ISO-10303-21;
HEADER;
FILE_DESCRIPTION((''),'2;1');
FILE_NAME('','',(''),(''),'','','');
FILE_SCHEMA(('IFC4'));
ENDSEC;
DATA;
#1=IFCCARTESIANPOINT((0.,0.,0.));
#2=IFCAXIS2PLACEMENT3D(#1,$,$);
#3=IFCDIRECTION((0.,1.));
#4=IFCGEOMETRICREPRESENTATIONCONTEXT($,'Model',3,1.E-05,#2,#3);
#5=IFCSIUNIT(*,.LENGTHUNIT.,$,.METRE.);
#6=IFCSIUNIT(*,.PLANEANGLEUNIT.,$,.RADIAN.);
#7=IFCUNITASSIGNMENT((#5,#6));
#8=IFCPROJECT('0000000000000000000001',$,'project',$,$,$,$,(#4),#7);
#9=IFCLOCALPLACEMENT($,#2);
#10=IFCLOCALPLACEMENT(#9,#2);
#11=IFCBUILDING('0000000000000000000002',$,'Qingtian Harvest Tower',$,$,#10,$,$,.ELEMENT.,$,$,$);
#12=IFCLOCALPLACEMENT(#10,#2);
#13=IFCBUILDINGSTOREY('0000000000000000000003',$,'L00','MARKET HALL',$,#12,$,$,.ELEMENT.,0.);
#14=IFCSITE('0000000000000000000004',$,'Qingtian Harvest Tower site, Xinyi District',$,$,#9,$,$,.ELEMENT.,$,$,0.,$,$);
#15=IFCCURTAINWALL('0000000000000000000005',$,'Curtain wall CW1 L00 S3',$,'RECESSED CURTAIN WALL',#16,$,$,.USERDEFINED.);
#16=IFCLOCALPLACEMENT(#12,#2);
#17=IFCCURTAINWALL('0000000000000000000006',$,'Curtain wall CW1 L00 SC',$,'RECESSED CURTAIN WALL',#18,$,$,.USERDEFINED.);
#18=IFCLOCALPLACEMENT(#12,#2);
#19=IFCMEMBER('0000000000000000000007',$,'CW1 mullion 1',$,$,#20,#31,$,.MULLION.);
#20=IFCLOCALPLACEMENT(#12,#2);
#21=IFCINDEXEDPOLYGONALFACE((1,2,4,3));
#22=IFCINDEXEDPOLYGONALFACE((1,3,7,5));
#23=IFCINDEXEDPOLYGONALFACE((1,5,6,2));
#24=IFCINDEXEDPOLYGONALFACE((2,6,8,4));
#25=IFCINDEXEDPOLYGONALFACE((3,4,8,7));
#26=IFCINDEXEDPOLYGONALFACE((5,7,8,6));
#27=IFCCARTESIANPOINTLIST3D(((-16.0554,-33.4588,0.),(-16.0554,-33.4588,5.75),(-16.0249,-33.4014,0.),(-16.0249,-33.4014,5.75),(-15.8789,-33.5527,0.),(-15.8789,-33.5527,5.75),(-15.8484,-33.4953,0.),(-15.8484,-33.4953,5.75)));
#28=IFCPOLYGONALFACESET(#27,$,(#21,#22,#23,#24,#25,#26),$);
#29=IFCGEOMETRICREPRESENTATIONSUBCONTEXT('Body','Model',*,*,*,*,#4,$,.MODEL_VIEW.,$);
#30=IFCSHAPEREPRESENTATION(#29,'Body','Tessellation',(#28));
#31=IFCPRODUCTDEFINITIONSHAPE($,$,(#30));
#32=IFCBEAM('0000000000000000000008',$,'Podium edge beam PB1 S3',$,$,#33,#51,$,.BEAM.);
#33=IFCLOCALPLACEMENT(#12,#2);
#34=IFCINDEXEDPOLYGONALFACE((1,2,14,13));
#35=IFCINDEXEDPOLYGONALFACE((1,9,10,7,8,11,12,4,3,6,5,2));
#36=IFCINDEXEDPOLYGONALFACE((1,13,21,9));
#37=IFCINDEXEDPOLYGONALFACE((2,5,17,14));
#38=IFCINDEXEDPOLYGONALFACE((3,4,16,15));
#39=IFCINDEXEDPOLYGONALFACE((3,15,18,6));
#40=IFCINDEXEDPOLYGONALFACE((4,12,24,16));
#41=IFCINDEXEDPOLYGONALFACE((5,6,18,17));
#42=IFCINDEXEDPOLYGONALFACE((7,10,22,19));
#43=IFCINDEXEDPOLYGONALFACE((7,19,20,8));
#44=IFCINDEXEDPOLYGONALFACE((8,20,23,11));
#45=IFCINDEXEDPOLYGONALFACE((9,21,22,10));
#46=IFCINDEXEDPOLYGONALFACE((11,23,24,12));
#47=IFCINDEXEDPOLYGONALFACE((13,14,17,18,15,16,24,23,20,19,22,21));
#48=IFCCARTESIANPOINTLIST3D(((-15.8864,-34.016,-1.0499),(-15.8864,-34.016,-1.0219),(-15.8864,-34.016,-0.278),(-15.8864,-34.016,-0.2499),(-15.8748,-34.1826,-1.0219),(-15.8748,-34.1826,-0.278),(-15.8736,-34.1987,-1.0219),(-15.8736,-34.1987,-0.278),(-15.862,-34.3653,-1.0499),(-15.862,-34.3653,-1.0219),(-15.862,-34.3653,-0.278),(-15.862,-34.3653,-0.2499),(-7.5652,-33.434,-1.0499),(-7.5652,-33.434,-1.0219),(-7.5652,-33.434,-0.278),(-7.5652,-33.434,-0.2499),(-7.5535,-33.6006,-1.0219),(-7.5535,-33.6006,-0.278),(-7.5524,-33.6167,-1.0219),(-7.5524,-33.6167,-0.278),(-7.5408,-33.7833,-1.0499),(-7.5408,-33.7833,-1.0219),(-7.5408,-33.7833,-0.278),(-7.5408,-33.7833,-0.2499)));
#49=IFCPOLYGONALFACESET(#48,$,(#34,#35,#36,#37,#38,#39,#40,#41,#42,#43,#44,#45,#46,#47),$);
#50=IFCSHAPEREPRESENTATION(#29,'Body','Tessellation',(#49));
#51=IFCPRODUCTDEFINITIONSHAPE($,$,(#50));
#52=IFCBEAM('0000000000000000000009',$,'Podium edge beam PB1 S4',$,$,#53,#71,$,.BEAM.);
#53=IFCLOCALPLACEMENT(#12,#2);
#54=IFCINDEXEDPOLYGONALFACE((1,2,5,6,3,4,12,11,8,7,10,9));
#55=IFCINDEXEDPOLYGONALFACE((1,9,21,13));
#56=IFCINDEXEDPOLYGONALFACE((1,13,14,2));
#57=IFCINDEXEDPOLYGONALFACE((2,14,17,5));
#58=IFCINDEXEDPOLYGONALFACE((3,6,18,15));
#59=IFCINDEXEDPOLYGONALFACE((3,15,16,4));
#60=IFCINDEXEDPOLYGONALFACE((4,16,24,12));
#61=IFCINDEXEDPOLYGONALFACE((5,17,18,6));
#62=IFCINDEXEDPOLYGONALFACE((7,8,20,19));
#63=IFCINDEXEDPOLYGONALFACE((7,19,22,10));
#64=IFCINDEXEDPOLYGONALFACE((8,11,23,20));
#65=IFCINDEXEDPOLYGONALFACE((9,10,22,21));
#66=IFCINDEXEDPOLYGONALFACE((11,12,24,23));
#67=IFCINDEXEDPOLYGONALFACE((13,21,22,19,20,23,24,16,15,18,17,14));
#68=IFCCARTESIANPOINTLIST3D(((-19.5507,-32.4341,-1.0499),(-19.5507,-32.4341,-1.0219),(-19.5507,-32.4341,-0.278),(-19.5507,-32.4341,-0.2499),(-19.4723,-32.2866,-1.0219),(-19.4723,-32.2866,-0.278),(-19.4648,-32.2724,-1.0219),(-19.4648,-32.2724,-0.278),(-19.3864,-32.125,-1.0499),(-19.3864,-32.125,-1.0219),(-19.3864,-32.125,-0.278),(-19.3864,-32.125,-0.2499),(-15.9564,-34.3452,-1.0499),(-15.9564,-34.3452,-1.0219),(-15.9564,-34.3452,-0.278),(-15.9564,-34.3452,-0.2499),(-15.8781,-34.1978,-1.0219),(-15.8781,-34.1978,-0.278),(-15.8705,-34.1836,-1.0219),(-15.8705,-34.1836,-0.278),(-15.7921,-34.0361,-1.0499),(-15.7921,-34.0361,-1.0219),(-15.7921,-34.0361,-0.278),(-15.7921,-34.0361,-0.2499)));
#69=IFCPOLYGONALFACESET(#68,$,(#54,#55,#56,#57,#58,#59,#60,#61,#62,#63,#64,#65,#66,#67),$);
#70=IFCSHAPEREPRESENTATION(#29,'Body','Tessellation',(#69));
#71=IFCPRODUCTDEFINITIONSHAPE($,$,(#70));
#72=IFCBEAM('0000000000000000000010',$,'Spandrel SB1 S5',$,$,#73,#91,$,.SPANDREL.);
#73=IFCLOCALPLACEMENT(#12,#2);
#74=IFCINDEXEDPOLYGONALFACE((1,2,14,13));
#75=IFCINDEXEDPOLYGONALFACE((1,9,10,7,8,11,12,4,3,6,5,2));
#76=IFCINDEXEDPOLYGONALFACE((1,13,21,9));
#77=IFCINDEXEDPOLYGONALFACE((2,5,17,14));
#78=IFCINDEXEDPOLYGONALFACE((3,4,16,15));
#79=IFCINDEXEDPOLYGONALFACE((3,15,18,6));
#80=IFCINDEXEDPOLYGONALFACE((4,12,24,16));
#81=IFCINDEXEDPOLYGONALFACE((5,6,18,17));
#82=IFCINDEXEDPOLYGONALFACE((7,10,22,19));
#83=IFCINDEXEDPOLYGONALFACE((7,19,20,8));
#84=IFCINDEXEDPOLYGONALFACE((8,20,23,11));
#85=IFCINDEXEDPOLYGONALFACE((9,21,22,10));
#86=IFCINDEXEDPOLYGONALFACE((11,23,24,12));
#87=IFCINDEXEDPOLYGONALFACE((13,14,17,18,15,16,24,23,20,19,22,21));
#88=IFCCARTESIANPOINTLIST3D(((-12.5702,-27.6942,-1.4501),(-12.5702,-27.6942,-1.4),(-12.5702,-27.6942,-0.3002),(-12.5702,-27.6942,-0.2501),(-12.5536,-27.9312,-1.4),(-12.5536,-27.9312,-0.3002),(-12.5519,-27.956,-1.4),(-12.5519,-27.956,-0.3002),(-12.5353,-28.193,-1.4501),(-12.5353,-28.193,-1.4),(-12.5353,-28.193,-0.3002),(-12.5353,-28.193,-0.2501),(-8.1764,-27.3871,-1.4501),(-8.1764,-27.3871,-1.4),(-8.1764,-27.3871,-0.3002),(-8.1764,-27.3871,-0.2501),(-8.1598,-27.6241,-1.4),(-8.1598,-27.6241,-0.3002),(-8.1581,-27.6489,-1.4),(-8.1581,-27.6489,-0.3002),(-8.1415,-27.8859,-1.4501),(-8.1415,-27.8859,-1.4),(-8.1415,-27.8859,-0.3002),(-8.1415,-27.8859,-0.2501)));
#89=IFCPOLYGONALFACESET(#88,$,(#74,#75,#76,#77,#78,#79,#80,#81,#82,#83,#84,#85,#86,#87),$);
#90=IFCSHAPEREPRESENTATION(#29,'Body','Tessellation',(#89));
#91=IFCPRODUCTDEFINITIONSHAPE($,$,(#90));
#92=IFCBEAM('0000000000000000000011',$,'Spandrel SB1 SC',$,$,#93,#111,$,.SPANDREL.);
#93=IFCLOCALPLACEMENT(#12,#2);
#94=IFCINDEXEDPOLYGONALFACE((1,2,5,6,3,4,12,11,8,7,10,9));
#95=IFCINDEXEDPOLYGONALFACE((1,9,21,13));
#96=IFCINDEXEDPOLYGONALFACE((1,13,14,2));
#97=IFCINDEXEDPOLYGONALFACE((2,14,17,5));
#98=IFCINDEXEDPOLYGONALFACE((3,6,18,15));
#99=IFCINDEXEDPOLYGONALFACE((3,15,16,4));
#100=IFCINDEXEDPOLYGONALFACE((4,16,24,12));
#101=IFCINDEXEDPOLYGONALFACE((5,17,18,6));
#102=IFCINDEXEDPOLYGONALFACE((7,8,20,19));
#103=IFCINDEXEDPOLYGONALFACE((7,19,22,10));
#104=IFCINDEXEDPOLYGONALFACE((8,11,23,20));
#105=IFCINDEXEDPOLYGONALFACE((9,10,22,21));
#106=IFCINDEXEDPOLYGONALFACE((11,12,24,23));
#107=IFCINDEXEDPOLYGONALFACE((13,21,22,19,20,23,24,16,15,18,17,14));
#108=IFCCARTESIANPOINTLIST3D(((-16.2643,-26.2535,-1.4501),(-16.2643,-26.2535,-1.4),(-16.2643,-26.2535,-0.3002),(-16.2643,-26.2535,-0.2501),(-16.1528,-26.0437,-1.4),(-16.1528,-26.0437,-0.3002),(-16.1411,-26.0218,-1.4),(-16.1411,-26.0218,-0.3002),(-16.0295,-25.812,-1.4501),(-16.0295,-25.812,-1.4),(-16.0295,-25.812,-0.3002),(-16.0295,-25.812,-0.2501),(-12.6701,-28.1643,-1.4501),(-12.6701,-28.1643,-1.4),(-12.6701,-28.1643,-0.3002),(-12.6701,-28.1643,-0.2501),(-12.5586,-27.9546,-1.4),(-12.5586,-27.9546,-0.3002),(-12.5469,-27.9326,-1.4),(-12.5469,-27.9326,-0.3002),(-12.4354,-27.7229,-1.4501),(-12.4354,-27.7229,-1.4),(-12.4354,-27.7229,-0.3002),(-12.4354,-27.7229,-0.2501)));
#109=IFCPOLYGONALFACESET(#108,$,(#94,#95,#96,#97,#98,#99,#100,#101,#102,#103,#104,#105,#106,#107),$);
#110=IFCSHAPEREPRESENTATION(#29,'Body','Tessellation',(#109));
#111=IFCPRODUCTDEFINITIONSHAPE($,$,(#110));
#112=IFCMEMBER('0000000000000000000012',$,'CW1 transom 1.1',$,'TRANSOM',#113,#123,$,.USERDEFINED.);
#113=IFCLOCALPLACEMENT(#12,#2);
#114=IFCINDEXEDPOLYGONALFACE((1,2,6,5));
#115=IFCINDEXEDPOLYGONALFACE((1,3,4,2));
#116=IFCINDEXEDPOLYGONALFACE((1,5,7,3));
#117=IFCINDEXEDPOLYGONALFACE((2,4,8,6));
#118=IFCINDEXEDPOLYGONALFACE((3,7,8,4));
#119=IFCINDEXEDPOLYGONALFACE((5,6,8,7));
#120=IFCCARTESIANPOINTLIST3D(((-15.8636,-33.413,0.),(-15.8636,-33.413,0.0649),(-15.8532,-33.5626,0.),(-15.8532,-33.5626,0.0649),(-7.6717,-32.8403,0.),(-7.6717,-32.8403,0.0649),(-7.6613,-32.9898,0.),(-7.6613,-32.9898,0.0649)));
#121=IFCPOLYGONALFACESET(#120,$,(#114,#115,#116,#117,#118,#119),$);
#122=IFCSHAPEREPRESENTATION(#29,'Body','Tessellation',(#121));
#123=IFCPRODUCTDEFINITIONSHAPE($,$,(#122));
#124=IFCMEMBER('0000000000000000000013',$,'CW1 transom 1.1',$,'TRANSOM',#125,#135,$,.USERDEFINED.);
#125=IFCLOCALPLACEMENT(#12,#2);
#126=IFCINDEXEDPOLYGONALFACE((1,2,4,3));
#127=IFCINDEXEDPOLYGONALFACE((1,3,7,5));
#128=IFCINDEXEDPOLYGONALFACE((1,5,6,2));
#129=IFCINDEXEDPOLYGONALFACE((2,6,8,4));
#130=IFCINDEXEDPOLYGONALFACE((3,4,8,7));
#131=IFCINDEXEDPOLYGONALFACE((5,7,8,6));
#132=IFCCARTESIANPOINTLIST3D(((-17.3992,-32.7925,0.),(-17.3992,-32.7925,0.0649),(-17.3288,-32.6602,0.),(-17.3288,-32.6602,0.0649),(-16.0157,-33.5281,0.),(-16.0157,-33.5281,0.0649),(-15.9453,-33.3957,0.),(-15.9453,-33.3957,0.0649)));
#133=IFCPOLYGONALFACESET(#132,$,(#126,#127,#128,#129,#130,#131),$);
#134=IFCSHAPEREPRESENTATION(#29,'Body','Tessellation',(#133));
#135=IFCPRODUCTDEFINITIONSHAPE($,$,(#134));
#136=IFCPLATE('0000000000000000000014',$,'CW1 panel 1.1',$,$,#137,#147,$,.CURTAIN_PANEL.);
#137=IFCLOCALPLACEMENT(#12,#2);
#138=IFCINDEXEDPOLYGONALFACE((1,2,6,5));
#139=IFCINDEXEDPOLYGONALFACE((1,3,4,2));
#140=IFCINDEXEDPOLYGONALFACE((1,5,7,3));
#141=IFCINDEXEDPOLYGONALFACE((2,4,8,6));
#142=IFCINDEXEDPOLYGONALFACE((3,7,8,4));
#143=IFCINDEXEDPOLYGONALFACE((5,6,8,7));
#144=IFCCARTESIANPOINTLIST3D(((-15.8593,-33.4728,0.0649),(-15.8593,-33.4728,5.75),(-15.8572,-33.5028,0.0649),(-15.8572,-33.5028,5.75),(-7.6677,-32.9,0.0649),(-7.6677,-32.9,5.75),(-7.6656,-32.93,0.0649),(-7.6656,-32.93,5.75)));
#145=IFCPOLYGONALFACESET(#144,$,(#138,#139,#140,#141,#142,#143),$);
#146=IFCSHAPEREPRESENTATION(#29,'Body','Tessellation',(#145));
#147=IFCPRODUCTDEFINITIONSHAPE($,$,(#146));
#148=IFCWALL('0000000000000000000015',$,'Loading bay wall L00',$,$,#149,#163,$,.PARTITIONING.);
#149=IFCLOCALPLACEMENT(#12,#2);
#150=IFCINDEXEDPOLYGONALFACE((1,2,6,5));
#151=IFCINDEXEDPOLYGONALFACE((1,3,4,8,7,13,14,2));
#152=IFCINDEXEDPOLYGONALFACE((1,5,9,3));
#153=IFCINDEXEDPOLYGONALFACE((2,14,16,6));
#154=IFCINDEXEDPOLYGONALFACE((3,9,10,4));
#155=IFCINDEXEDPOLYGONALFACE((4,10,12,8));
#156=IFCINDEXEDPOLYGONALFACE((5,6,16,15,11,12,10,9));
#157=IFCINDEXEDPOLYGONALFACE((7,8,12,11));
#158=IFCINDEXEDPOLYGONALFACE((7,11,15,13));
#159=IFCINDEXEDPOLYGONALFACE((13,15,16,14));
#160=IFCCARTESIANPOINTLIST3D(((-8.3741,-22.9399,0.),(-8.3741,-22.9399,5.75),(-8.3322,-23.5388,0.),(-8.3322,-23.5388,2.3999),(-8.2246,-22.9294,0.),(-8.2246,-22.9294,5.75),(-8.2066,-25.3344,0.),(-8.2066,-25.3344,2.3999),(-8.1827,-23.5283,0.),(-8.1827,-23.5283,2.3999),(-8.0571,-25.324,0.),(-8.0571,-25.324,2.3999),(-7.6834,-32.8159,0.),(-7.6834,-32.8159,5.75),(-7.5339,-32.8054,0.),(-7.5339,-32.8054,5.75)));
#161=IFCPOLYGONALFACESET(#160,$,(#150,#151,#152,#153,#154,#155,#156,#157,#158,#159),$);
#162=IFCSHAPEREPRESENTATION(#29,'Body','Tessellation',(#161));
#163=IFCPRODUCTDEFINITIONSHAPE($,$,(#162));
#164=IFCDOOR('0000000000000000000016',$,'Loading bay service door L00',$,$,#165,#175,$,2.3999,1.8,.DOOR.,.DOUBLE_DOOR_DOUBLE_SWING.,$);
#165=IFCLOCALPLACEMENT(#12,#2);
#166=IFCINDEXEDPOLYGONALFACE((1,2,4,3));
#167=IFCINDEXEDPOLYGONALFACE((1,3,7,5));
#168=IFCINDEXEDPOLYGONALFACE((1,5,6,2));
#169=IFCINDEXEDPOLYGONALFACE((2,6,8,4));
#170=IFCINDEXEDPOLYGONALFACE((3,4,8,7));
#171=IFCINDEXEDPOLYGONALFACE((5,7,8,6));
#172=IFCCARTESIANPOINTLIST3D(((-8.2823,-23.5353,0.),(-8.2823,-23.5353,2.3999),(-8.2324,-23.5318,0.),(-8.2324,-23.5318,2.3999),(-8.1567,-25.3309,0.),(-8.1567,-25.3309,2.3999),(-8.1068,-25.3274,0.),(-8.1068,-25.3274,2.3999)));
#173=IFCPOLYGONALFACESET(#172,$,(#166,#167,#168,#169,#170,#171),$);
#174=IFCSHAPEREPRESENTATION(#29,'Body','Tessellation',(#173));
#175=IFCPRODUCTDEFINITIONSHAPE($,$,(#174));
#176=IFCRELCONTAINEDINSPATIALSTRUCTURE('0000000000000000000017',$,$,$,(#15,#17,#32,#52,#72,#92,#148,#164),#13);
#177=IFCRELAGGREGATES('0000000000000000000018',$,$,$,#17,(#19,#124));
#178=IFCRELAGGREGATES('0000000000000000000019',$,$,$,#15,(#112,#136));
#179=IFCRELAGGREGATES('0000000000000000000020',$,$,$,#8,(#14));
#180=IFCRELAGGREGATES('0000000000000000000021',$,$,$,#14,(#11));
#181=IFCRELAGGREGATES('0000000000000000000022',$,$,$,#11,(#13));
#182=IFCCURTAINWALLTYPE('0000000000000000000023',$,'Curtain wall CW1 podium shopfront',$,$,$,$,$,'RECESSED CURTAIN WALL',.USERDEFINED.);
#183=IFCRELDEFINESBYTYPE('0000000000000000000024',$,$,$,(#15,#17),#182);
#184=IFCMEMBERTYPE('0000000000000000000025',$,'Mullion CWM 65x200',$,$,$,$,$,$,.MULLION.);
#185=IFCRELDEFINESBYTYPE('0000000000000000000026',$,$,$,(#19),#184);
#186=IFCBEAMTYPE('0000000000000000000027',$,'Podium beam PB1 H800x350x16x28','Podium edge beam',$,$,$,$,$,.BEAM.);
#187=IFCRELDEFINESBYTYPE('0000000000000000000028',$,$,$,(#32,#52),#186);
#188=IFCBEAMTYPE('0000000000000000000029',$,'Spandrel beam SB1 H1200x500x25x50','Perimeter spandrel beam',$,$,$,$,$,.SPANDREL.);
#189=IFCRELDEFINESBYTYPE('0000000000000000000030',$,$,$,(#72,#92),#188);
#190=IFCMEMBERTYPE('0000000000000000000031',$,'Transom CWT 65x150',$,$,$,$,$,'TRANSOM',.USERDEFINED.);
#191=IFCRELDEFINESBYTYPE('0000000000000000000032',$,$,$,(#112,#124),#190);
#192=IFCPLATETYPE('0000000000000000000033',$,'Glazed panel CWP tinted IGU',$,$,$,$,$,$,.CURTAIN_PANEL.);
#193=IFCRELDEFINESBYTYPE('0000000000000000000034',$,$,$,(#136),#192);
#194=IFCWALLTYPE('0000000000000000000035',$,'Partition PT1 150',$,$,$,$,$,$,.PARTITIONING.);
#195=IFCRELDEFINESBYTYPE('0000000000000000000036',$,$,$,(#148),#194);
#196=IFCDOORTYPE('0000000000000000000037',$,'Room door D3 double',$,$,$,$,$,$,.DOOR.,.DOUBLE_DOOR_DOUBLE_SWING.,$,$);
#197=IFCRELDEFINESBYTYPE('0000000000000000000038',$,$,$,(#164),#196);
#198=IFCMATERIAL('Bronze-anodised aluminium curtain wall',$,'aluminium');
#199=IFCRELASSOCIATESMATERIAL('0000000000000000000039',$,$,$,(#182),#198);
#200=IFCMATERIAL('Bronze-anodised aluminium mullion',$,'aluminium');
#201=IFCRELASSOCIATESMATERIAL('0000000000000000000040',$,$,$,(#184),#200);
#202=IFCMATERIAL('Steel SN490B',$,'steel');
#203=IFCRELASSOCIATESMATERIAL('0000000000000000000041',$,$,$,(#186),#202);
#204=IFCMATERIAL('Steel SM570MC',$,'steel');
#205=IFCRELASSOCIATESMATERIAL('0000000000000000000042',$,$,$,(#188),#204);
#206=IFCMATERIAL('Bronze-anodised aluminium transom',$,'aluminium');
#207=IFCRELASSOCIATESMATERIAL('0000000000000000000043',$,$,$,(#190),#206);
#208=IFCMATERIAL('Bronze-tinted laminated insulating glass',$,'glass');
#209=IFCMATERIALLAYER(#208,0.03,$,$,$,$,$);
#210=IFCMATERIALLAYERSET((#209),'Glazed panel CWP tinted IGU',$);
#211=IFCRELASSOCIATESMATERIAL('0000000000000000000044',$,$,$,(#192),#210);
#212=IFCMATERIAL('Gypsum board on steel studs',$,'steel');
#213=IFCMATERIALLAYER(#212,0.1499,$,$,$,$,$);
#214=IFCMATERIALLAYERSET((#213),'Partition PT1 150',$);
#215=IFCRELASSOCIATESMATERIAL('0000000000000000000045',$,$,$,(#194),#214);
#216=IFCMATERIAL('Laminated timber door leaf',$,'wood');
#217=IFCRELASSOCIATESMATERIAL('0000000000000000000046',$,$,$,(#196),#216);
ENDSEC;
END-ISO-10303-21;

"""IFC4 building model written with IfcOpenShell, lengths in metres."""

from ifc_helpers import new_model, si_unit, direction, frame, frame_2d, origin, origin_2d, place, context, subcontext, project, spatial, rectangle, i_section, extrude, material, layer, layer_set, material_profile, profile_set, type_object, element, fill, aggregate, save


model = new_model("IFC4")

# Units and contexts
model_context = context("Model", 3, precision=1e-05, world=origin(), true_north=direction((0.0, 1.0)))
body_context = subcontext(model_context, "Body", "Model", "MODEL_VIEW")
ifc_project = project(units=[si_unit("LENGTHUNIT", "METRE"), si_unit("PLANEANGLEUNIT", "RADIAN")], contexts=[model_context])

# Site, building, storey
site_placement = place(None, origin())
site = spatial("IfcSite", under=ifc_project, at=site_placement, Name="Qingtian Harvest Tower site, Xinyi District", CompositionType="ELEMENT", RefElevation=0.0)
building_placement = place(site_placement, origin())
building = spatial("IfcBuilding", under=site, at=building_placement, Name="Qingtian Harvest Tower", CompositionType="ELEMENT")
storey_placement = place(building_placement, origin())
storey = spatial("IfcBuildingStorey", under=building, at=storey_placement, Name="L00", Description="MARKET HALL", CompositionType="ELEMENT", Elevation=0.0)

# Curtain wall
ifc_material_1 = material(Name="Bronze-anodised aluminium curtain wall", Category="aluminium")
curtain_wall_type = type_object("IfcCurtainWallType", Name="Curtain wall CW1 podium shopfront", ElementType="RECESSED CURTAIN WALL", PredefinedType="USERDEFINED", material=ifc_material_1)
curtain_wall_1_placement = place(storey_placement, origin())
curtain_wall_1 = element("IfcCurtainWall", 1, at=curtain_wall_1_placement, inside=storey, type_object=curtain_wall_type, Name="Curtain wall CW1 L00 S3", ObjectType="RECESSED CURTAIN WALL", PredefinedType="USERDEFINED")
ifc_material_2 = material(Name="Bronze-anodised aluminium mullion", Category="aluminium")
ifc_material_profile_1 = material_profile(ifc_material_2, rectangle(XDim=0.0649, YDim=0.2, at=origin_2d()), Name="AL 65x200")
ifc_profile_set_1 = profile_set([ifc_material_profile_1], Name="Bronze-anodised aluminium mullion")
member_type_1 = type_object("IfcMemberType", Name="Mullion CWM 65x200", PredefinedType="MULLION", material=ifc_profile_set_1)

# Curtain wall, member
curtain_wall_2_placement = place(storey_placement, origin())
curtain_wall_2 = element("IfcCurtainWall", 2, at=curtain_wall_2_placement, inside=storey, type_object=curtain_wall_type, Name="Curtain wall CW1 L00 SC", ObjectType="RECESSED CURTAIN WALL", PredefinedType="USERDEFINED")
member_1_placement = place(storey_placement, frame((-15.9519, -33.4771, 0.0), z_axis=(0.0, 0.0, 1.0), x_axis=(-0.469472, -0.882948, 0.0)))
member_1 = element("IfcMember", 3, at=member_1_placement, type_object=member_type_1, Name="CW1 mullion 1", PredefinedType="MULLION", context=body_context, shape_type="SweptSolid", body=[
    extrude(rectangle(XDim=0.0649, YDim=0.2, at=origin_2d()), origin(), (0.0, 0.0, 1.0), 5.75),
])

# Beams
ifc_material_3 = material(Name="Steel SN490B", Category="steel")
ifc_material_profile_2 = material_profile(ifc_material_3, i_section(OverallWidth=0.3501, OverallDepth=0.8, WebThickness=0.0161, FlangeThickness=0.0281, at=origin_2d()), Name="H800x350x16x28")
ifc_profile_set_2 = profile_set([ifc_material_profile_2], Name="Steel SN490B")
beam_type_1 = type_object("IfcBeamType", Name="Podium beam PB1 H800x350x16x28", Description="Podium edge beam", PredefinedType="BEAM", material=ifc_profile_set_2)
beam_1_placement = place(storey_placement, frame((-7.553, -33.6086, -0.6499), z_axis=(-0.997563, -0.069774, 0.0), x_axis=(0.069774, -0.997563, 0.0)))
element("IfcBeam", 4, at=beam_1_placement, inside=storey, type_object=beam_type_1, Name="Podium edge beam PB1 S3", PredefinedType="BEAM", context=body_context, shape_type="SweptSolid", body=[
    extrude(i_section(OverallWidth=0.3501, OverallDepth=0.8, WebThickness=0.0161, FlangeThickness=0.0281, at=origin_2d()), origin(), (0.0, 0.0, 1.0), 8.3416),
])
beam_2_placement = place(storey_placement, frame((-15.8743, -34.1907, -0.6499), z_axis=(-0.882943, 0.46948, 0.0), x_axis=(-0.46948, -0.882943, 0.0)))
element("IfcBeam", 5, at=beam_2_placement, inside=storey, type_object=beam_type_1, Name="Podium edge beam PB1 S4", PredefinedType="BEAM", context=body_context, shape_type="SweptSolid", body=[
    extrude(i_section(OverallWidth=0.3501, OverallDepth=0.8, WebThickness=0.0161, FlangeThickness=0.0281, at=origin_2d()), origin(), (0.0, 0.0, 1.0), 4.0708),
])
ifc_material_4 = material(Name="Steel SM570MC", Category="steel")
ifc_material_profile_3 = material_profile(ifc_material_4, i_section(OverallWidth=0.5, OverallDepth=1.2, WebThickness=0.0249, FlangeThickness=0.05, at=origin_2d()), Name="H1200x500x25x50")
ifc_profile_set_3 = profile_set([ifc_material_profile_3], Name="Steel SM570MC")
beam_type_2 = type_object("IfcBeamType", Name="Spandrel beam SB1 H1200x500x25x50", Description="Perimeter spandrel beam", PredefinedType="SPANDREL", material=ifc_profile_set_3)
beam_3_placement = place(storey_placement, frame((-8.1589, -27.6365, -0.8501), z_axis=(-0.997566, -0.06973, 0.0), x_axis=(0.06973, -0.997566, 0.0)))
element("IfcBeam", 6, at=beam_3_placement, inside=storey, type_object=beam_type_2, Name="Spandrel SB1 S5", PredefinedType="SPANDREL", context=body_context, shape_type="SweptSolid", body=[
    extrude(i_section(OverallWidth=0.5, OverallDepth=1.2, WebThickness=0.0249, FlangeThickness=0.05, at=origin_2d()), origin(), (0.0, 0.0, 1.0), 4.4045),
])
beam_4_placement = place(storey_placement, frame((-12.5527, -27.9436, -0.8501), z_axis=(-0.882968, 0.469433, 0.0), x_axis=(-0.469433, -0.882968, 0.0)))
element("IfcBeam", 7, at=beam_4_placement, inside=storey, type_object=beam_type_2, Name="Spandrel SB1 SC", PredefinedType="SPANDREL", context=body_context, shape_type="SweptSolid", body=[
    extrude(i_section(OverallWidth=0.5, OverallDepth=1.2, WebThickness=0.0249, FlangeThickness=0.05, at=origin_2d()), origin(), (0.0, 0.0, 1.0), 4.0706),
])

# Members
ifc_material_5 = material(Name="Bronze-anodised aluminium transom", Category="aluminium")
ifc_material_profile_4 = material_profile(ifc_material_5, rectangle(XDim=0.1499, YDim=0.0649, at=origin_2d()), Name="AL 65x150")
ifc_profile_set_4 = profile_set([ifc_material_profile_4], Name="Bronze-anodised aluminium transom")
member_type_2 = type_object("IfcMemberType", Name="Transom CWT 65x150", ElementType="TRANSOM", PredefinedType="USERDEFINED", material=ifc_profile_set_4)
member_2_placement = place(storey_placement, frame((-7.6665, -32.915, 0.0325), z_axis=(-0.997565, -0.069747, 0.0), x_axis=(0.069747, -0.997565, 0.0)))
member_2 = element("IfcMember", 8, at=member_2_placement, type_object=member_type_2, Name="CW1 transom 1.1", ObjectType="TRANSOM", PredefinedType="USERDEFINED", context=body_context, shape_type="SweptSolid", body=[
    extrude(rectangle(XDim=0.1499, YDim=0.0649, at=origin_2d()), origin(), (0.0, 0.0, 1.0), 8.2119),
])
member_3_placement = place(storey_placement, frame((-15.9805, -33.4619, 0.0325), z_axis=(-0.88296, 0.469448, 0.0), x_axis=(-0.469448, -0.88296, 0.0)))
member_3 = element("IfcMember", 9, at=member_3_placement, type_object=member_type_2, Name="CW1 transom 1.1", ObjectType="TRANSOM", PredefinedType="USERDEFINED", context=body_context, shape_type="SweptSolid", body=[
    extrude(rectangle(XDim=0.1499, YDim=0.0649, at=origin_2d()), origin(), (0.0, 0.0, 1.0), 1.5669),
])
aggregate(curtain_wall_2, [member_1, member_3])

# Plate
ifc_material_6 = material(Name="Bronze-tinted laminated insulating glass", Category="glass")
ifc_layer_1 = layer(ifc_material_6, 0.03)
ifc_layer_set_1 = layer_set([ifc_layer_1], Name="Glazed panel CWP tinted IGU")
plate_type = type_object("IfcPlateType", Name="Glazed panel CWP tinted IGU", PredefinedType="CURTAIN_PANEL", material=ifc_layer_set_1)
plate_placement = place(storey_placement, frame((-11.7625, -33.2014, 0.0649), z_axis=(0.0, 0.0, 1.0), x_axis=(-0.997564, -0.069756, 0.0)))
plate = element("IfcPlate", 10, at=plate_placement, type_object=plate_type, Name="CW1 panel 1.1", PredefinedType="CURTAIN_PANEL", context=body_context, shape_type="SweptSolid", body=[
    extrude(rectangle(XDim=8.2117, YDim=0.03, at=origin_2d()), origin(), (0.0, 0.0, 1.0), 5.6851),
])
aggregate(curtain_wall_1, [member_2, plate])

# Wall, opening, door
ifc_material_7 = material(Name="Gypsum board on steel studs", Category="steel")
ifc_layer_2 = layer(ifc_material_7, 0.1499)
ifc_layer_set_2 = layer_set([ifc_layer_2], Name="Partition PT1 150")
wall_type = type_object("IfcWallType", Name="Partition PT1 150", PredefinedType="PARTITIONING", material=ifc_layer_set_2)
wall_1_placement = place(storey_placement, frame((-7.6086, -32.8108, 0.0), z_axis=(0.0, 0.0, 1.0), x_axis=(-0.069764, 0.997564, 0.0)))
wall_1 = element("IfcWall", 11, at=wall_1_placement, inside=storey, type_object=wall_type, Name="Loading bay wall L00", PredefinedType="PARTITIONING", context=body_context, shape_type="SweptSolid", body=[
    extrude(rectangle(XDim=9.9001, YDim=0.1499, at=frame_2d((4.9502, 0.0))), origin(), (0.0, 0.0, 1.0), 5.75),
])
opening_placement = place(wall_1_placement, frame((7.5, 0.0, 0.0)))
opening = element("IfcOpeningElement", 12, at=opening_placement, cuts=wall_1, PredefinedType="OPENING", context=body_context, shape_type="SweptSolid", body=[
    extrude(rectangle(XDim=1.8, YDim=2.3999, at=frame_2d((0.8999, 1.2))), frame((0.0, 0.085, 0.0), z_axis=(0.0, -1.0, 0.0), x_axis=(1.0, 0.0, 0.0)), (0.0, 0.0, 1.0), 0.1699),
])
ifc_material_8 = material(Name="Laminated timber door leaf", Category="wood")
door_type = type_object("IfcDoorType", Name="Room door D3 double", OperationType="DOUBLE_DOOR_DOUBLE_SWING", PredefinedType="DOOR", material=ifc_material_8)
door_placement = place(opening_placement, origin())
door = element("IfcDoor", 13, at=door_placement, inside=storey, type_object=door_type, Name="Loading bay service door L00", OperationType="DOUBLE_DOOR_DOUBLE_SWING", OverallHeight=2.3999, OverallWidth=1.8, PredefinedType="DOOR", context=body_context, shape_type="SweptSolid", body=[
    extrude(rectangle(XDim=1.8, YDim=2.3999, at=frame_2d((0.8999, 1.2))), frame((0.0, 0.0249, 0.0), z_axis=(0.0, -1.0, 0.0), x_axis=(1.0, 0.0, 0.0)), (0.0, 0.0, 1.0), 0.05),
])
fill(opening, door)

save(model, "model.ifc")
